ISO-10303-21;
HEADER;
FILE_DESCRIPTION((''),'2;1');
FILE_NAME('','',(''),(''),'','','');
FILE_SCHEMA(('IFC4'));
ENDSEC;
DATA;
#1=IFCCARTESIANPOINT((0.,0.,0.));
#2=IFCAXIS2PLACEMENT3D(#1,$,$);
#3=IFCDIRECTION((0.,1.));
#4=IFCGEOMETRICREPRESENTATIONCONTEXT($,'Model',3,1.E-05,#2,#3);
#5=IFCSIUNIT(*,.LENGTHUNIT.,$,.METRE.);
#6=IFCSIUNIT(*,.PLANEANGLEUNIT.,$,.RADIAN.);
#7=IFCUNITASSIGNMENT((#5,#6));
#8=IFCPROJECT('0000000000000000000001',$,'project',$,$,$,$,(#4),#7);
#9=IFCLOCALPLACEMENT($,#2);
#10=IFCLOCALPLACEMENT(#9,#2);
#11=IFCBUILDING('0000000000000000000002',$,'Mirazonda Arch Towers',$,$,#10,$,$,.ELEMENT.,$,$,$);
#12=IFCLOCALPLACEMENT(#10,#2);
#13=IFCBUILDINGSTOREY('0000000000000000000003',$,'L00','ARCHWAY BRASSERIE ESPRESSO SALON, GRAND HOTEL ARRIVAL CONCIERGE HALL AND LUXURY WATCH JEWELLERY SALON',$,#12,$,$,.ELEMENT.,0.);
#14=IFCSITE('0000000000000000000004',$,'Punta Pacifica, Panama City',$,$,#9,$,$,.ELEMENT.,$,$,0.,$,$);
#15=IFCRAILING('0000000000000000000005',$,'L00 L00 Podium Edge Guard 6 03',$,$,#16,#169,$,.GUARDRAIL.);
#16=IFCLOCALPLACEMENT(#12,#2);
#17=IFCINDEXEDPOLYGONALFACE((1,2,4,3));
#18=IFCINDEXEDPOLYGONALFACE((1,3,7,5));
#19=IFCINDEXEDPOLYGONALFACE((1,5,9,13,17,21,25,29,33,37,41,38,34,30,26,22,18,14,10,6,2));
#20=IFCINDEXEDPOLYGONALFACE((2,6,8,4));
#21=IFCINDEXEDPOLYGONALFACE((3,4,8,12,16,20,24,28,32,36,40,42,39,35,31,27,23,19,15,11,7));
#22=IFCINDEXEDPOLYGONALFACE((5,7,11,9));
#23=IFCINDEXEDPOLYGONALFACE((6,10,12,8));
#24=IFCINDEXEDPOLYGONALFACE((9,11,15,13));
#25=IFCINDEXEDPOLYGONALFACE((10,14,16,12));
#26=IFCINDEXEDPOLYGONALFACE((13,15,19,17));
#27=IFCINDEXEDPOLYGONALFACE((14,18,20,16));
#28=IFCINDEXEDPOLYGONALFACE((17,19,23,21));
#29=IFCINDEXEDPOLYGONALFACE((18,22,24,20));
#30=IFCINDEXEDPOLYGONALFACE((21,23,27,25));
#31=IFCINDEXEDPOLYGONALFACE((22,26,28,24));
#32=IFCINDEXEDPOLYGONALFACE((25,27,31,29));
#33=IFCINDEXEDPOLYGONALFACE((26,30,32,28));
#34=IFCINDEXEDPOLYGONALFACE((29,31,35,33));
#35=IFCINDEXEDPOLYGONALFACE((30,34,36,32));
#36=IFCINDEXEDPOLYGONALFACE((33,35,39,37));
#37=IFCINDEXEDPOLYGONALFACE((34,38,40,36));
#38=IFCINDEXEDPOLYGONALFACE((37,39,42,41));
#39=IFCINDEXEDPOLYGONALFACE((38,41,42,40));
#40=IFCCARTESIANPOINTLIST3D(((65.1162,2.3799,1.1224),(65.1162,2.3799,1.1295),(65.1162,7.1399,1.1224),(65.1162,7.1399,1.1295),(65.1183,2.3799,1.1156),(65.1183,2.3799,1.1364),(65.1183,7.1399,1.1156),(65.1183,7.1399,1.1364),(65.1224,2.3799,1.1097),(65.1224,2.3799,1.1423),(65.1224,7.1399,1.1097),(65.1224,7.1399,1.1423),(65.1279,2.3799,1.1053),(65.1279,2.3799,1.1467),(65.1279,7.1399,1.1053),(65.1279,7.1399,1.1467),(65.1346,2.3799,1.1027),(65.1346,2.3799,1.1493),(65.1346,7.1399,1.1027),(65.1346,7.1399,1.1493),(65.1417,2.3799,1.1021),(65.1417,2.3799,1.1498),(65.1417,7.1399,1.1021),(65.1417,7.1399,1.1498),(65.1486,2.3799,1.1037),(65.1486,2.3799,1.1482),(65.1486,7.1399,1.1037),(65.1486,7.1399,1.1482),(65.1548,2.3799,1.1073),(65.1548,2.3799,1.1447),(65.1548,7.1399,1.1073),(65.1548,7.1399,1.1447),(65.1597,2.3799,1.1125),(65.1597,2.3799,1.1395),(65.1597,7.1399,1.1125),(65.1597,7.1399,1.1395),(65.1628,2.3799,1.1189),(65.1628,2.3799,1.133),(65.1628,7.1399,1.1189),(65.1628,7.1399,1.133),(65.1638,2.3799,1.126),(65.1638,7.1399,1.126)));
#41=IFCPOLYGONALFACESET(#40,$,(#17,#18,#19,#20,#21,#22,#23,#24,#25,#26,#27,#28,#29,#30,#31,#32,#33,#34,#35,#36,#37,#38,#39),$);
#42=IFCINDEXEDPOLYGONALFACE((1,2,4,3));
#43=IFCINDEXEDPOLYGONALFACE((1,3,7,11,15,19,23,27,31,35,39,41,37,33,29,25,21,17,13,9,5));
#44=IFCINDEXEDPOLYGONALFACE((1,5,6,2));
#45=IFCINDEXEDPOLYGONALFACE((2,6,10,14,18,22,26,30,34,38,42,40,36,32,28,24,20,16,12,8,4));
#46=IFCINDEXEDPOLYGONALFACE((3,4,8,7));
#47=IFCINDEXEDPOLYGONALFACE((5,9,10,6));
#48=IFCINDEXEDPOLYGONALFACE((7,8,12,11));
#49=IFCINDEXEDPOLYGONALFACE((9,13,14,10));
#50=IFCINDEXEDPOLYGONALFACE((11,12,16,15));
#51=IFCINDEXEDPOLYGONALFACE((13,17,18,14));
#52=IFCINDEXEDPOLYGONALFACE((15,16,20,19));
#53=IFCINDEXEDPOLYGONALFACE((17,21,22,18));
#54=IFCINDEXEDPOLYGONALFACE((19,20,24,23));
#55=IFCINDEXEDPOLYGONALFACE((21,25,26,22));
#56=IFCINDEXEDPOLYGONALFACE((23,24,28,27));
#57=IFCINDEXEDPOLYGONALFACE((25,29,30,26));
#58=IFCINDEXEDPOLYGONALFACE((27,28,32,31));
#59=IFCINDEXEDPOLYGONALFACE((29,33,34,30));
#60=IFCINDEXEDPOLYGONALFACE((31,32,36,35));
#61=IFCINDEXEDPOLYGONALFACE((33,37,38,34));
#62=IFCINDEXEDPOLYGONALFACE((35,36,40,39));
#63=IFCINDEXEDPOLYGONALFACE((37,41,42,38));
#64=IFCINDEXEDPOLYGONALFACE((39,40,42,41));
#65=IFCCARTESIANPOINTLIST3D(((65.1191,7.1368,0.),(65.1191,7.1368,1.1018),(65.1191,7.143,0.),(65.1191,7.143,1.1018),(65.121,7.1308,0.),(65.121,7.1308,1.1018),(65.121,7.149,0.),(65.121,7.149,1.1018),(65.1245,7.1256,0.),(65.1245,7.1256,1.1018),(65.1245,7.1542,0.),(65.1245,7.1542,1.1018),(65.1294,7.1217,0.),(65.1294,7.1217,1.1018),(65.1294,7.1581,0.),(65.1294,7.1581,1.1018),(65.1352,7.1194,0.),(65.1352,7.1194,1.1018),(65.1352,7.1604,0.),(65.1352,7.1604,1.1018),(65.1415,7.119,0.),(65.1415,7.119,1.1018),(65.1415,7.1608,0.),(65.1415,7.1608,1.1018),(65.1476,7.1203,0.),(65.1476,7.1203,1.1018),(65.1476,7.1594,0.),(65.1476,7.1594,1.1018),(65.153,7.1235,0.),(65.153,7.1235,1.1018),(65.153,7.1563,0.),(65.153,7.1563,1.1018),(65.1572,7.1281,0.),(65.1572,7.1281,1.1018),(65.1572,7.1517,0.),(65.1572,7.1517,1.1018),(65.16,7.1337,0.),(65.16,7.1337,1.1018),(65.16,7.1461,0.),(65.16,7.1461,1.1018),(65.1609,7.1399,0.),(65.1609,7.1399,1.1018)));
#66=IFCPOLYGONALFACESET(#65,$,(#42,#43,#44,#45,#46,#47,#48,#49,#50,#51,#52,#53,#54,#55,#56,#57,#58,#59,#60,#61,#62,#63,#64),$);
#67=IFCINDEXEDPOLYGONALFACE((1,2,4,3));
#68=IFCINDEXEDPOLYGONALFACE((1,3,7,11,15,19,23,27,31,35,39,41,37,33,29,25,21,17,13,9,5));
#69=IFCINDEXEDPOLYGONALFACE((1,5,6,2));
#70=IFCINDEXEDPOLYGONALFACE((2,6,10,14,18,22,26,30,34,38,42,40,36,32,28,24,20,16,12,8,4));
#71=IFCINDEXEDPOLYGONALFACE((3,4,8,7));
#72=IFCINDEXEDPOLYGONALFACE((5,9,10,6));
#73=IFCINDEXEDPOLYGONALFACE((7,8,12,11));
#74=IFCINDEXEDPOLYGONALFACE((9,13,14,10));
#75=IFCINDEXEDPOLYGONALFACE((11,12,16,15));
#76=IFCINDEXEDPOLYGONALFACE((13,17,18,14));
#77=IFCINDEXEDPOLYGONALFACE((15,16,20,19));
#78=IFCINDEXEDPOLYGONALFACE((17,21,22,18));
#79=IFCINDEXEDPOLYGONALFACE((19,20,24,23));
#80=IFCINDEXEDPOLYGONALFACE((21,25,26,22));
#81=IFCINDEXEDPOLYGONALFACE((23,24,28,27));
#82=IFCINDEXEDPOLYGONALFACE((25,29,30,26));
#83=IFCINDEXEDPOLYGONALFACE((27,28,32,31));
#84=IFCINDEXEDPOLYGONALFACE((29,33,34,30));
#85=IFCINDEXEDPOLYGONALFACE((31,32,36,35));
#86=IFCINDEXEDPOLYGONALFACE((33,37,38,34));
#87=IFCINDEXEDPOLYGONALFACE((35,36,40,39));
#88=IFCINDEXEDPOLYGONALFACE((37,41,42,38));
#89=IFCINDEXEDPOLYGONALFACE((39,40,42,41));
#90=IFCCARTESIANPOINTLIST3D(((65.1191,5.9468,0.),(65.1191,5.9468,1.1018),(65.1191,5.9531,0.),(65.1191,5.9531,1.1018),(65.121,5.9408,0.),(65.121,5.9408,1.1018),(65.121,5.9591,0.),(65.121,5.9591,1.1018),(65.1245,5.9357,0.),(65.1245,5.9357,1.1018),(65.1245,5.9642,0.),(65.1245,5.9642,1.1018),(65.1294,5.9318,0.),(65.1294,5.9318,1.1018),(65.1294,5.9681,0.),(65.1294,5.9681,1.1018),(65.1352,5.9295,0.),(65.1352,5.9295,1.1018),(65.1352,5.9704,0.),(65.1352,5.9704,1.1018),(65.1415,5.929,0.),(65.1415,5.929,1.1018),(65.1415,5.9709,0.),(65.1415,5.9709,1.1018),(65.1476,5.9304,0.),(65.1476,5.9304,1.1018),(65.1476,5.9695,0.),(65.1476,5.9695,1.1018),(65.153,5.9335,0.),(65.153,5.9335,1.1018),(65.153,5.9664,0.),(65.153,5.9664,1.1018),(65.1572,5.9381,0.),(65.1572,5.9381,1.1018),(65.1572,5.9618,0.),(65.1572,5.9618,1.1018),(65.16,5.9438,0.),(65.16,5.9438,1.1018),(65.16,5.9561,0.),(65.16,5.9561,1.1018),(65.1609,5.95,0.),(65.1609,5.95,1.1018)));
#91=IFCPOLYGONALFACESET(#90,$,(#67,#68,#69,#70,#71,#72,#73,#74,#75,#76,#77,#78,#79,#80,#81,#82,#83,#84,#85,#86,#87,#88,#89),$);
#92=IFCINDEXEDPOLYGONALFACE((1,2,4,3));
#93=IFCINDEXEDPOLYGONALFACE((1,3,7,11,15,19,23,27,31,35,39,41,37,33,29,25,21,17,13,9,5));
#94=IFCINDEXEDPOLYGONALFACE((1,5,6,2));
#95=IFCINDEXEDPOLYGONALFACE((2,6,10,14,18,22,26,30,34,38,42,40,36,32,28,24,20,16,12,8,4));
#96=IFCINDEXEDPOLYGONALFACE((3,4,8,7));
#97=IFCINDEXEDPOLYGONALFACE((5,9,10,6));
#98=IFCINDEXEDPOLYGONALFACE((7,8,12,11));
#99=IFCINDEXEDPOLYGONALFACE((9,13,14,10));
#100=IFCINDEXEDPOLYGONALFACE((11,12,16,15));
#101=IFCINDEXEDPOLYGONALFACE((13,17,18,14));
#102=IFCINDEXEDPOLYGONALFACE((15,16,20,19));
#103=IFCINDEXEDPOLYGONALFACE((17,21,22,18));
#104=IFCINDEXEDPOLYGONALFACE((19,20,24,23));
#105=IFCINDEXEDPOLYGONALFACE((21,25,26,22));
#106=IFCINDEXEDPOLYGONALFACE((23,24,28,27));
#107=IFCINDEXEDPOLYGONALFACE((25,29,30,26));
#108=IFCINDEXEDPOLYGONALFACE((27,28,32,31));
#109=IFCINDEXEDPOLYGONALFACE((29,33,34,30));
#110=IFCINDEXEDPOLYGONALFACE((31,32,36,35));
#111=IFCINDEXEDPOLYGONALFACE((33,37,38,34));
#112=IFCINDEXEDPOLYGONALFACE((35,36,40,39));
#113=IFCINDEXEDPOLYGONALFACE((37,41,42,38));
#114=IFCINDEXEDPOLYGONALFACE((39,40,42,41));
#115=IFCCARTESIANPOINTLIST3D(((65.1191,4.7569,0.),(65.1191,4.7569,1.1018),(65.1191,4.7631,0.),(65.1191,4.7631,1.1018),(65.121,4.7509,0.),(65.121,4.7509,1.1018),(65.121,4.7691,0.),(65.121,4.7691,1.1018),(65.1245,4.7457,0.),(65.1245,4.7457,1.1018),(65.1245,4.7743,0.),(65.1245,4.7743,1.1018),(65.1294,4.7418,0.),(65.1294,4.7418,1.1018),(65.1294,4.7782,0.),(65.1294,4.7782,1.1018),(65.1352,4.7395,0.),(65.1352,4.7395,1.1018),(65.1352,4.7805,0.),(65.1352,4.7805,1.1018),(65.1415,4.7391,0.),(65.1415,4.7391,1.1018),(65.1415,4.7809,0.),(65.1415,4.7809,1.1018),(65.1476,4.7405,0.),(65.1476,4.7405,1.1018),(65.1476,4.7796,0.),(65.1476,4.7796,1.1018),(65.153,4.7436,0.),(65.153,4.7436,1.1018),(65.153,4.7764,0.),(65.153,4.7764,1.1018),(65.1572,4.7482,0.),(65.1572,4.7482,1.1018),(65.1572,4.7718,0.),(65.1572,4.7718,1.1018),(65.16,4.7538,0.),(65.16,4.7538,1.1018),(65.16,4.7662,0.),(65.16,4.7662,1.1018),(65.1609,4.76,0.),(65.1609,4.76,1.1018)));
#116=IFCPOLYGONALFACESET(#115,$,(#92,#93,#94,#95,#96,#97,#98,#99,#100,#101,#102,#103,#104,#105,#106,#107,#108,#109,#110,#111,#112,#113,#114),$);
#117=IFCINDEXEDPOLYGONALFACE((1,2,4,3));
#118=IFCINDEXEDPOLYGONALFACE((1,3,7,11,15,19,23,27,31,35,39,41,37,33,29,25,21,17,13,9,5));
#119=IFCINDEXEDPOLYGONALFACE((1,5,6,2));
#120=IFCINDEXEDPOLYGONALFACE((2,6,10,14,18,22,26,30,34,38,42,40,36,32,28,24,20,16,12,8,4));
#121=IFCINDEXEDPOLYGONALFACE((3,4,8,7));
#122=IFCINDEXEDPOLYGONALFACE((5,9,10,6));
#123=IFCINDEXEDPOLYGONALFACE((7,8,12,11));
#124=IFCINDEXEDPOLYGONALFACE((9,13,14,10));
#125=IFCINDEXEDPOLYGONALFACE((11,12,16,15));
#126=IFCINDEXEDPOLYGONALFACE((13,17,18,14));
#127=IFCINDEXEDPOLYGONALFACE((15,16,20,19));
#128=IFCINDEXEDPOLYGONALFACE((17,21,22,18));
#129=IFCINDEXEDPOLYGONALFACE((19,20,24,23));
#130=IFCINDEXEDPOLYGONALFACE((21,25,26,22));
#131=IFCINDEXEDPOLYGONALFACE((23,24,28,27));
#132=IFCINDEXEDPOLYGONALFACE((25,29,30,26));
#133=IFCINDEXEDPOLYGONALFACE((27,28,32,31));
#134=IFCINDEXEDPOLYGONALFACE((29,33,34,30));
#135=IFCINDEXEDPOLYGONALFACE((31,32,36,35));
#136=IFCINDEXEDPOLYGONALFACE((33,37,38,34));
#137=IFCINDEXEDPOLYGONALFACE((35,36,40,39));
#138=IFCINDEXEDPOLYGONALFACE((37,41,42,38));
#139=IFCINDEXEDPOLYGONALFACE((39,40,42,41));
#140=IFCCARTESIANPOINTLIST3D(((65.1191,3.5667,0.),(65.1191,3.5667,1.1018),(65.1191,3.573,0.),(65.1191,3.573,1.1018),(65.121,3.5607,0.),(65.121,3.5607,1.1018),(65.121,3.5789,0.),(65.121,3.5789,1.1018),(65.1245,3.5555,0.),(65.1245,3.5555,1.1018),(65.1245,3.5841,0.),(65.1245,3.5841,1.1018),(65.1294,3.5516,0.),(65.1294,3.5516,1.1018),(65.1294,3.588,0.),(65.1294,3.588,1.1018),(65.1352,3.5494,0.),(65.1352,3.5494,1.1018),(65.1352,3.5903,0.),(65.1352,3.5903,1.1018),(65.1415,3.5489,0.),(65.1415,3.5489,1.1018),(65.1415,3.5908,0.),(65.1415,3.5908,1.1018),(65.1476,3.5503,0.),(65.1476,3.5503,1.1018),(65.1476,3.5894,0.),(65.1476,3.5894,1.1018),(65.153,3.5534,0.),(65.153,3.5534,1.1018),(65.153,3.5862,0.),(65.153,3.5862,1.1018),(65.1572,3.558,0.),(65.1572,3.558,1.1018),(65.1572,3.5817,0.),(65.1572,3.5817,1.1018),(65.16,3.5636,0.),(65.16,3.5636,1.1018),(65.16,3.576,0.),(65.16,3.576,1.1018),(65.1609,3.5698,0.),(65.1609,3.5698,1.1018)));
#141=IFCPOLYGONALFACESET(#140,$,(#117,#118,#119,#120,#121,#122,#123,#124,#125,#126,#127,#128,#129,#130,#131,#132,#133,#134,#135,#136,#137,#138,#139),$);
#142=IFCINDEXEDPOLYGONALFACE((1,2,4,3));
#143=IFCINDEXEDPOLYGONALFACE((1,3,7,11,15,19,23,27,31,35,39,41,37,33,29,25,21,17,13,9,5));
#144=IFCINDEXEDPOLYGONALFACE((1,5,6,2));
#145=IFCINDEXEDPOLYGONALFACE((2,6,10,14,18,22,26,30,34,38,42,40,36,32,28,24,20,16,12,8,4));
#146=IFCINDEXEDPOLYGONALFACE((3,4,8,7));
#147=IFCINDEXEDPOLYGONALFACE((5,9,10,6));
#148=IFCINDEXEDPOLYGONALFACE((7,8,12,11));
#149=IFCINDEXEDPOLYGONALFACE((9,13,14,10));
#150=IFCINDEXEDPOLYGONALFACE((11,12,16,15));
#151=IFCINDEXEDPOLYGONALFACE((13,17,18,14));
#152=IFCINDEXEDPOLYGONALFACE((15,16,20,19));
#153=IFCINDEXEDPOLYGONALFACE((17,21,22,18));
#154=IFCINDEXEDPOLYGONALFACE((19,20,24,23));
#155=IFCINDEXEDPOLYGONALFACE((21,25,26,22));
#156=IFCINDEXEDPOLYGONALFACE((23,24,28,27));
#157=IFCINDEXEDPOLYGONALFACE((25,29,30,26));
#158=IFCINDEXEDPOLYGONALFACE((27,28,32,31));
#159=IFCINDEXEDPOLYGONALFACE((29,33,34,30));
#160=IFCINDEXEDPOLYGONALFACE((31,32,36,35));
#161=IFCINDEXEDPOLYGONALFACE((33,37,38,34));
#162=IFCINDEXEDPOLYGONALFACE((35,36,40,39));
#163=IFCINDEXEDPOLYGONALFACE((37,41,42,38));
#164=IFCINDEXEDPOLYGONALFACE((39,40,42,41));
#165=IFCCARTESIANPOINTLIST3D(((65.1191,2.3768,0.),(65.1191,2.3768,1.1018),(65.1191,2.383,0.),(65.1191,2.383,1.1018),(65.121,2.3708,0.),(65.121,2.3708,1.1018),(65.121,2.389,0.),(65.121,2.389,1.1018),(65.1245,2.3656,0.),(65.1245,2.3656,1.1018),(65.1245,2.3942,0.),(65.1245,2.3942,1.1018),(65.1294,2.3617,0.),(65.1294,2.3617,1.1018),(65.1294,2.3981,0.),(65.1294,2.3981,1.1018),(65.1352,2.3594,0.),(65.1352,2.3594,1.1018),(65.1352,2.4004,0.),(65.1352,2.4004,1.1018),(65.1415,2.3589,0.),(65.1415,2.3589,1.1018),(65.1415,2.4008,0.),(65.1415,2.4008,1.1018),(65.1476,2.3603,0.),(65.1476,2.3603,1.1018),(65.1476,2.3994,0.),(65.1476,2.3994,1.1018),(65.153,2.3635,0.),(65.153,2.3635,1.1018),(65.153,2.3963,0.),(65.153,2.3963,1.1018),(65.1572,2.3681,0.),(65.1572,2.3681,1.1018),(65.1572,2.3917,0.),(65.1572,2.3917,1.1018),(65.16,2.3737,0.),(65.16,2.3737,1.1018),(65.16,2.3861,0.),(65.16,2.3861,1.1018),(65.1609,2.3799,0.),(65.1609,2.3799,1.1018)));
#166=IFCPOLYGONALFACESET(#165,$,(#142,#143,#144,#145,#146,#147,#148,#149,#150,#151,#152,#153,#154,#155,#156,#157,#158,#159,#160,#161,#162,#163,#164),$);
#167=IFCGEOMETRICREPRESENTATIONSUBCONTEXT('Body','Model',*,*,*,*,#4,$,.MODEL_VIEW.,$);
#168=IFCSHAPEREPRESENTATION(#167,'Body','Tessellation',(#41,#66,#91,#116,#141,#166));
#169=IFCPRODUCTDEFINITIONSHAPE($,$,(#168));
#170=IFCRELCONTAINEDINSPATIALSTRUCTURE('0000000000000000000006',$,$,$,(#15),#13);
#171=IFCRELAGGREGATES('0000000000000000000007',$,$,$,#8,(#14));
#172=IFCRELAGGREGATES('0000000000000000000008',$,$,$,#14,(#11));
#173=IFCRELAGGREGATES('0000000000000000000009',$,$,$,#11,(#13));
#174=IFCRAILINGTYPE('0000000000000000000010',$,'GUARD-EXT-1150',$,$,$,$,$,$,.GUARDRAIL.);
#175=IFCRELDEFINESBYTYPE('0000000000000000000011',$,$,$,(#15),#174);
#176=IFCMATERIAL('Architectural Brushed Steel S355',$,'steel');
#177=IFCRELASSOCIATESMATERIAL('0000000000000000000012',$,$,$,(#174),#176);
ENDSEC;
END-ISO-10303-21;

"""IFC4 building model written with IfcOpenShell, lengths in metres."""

from ifc_helpers import new_model, si_unit, direction, frame, origin, origin_2d, place, context, subcontext, project, spatial, circle, extrude, material, type_object, element, save


model = new_model("IFC4")

# Units and contexts
model_context = context("Model", 3, precision=1e-05, world=origin(), true_north=direction((0.0, 1.0)))
body_context = subcontext(model_context, "Body", "Model", "MODEL_VIEW")
ifc_project = project(units=[si_unit("LENGTHUNIT", "METRE"), si_unit("PLANEANGLEUNIT", "RADIAN")], contexts=[model_context])

# Site, building, storey
site_placement = place(None, origin())
site = spatial("IfcSite", under=ifc_project, at=site_placement, Name="Punta Pacifica, Panama City", CompositionType="ELEMENT", RefElevation=0.0)
building_placement = place(site_placement, origin())
building = spatial("IfcBuilding", under=site, at=building_placement, Name="Mirazonda Arch Towers", CompositionType="ELEMENT")
storey_placement = place(building_placement, origin())
storey = spatial("IfcBuildingStorey", under=building, at=storey_placement, Name="L00", Description="ARCHWAY BRASSERIE ESPRESSO SALON, GRAND HOTEL ARRIVAL CONCIERGE HALL AND LUXURY WATCH JEWELLERY SALON", CompositionType="ELEMENT", Elevation=0.0)

# Shared definitions
ifc_material_1 = material(Name="Architectural Brushed Steel S355", Category="steel")

# Railing
railing_type = type_object("IfcRailingType", Name="GUARD-EXT-1150", PredefinedType="GUARDRAIL", material=ifc_material_1)
railing_1_placement = place(storey_placement, frame((65.1399, 7.1399, 0.0)))
element("IfcRailing", 1, at=railing_1_placement, inside=storey, type_object=railing_type, Name="L00 L00 Podium Edge Guard 6 03", PredefinedType="GUARDRAIL", context=body_context, shape_type="SweptSolid", body=[
    extrude(circle(Radius=0.0239, at=origin_2d()), frame((0.0, 0.0, 1.126), z_axis=(0.0, -1.0, 0.0), x_axis=(1.0, 0.0, 0.0)), (0.0, 0.0, 1.0), 4.76),
    extrude(circle(Radius=0.021, at=origin_2d()), origin(), (0.0, 0.0, 1.0), 1.1018),
    extrude(circle(Radius=0.021, at=origin_2d()), frame((0.0, -1.1899, 0.0)), (0.0, 0.0, 1.0), 1.1018),
    extrude(circle(Radius=0.021, at=origin_2d()), frame((0.0, -2.3799, 0.0)), (0.0, 0.0, 1.0), 1.1018),
    extrude(circle(Radius=0.021, at=origin_2d()), frame((0.0, -3.5701, 0.0)), (0.0, 0.0, 1.0), 1.1018),
    extrude(circle(Radius=0.021, at=origin_2d()), frame((0.0, -4.76, 0.0)), (0.0, 0.0, 1.0), 1.1018),
])

save(model, "model.ifc")
